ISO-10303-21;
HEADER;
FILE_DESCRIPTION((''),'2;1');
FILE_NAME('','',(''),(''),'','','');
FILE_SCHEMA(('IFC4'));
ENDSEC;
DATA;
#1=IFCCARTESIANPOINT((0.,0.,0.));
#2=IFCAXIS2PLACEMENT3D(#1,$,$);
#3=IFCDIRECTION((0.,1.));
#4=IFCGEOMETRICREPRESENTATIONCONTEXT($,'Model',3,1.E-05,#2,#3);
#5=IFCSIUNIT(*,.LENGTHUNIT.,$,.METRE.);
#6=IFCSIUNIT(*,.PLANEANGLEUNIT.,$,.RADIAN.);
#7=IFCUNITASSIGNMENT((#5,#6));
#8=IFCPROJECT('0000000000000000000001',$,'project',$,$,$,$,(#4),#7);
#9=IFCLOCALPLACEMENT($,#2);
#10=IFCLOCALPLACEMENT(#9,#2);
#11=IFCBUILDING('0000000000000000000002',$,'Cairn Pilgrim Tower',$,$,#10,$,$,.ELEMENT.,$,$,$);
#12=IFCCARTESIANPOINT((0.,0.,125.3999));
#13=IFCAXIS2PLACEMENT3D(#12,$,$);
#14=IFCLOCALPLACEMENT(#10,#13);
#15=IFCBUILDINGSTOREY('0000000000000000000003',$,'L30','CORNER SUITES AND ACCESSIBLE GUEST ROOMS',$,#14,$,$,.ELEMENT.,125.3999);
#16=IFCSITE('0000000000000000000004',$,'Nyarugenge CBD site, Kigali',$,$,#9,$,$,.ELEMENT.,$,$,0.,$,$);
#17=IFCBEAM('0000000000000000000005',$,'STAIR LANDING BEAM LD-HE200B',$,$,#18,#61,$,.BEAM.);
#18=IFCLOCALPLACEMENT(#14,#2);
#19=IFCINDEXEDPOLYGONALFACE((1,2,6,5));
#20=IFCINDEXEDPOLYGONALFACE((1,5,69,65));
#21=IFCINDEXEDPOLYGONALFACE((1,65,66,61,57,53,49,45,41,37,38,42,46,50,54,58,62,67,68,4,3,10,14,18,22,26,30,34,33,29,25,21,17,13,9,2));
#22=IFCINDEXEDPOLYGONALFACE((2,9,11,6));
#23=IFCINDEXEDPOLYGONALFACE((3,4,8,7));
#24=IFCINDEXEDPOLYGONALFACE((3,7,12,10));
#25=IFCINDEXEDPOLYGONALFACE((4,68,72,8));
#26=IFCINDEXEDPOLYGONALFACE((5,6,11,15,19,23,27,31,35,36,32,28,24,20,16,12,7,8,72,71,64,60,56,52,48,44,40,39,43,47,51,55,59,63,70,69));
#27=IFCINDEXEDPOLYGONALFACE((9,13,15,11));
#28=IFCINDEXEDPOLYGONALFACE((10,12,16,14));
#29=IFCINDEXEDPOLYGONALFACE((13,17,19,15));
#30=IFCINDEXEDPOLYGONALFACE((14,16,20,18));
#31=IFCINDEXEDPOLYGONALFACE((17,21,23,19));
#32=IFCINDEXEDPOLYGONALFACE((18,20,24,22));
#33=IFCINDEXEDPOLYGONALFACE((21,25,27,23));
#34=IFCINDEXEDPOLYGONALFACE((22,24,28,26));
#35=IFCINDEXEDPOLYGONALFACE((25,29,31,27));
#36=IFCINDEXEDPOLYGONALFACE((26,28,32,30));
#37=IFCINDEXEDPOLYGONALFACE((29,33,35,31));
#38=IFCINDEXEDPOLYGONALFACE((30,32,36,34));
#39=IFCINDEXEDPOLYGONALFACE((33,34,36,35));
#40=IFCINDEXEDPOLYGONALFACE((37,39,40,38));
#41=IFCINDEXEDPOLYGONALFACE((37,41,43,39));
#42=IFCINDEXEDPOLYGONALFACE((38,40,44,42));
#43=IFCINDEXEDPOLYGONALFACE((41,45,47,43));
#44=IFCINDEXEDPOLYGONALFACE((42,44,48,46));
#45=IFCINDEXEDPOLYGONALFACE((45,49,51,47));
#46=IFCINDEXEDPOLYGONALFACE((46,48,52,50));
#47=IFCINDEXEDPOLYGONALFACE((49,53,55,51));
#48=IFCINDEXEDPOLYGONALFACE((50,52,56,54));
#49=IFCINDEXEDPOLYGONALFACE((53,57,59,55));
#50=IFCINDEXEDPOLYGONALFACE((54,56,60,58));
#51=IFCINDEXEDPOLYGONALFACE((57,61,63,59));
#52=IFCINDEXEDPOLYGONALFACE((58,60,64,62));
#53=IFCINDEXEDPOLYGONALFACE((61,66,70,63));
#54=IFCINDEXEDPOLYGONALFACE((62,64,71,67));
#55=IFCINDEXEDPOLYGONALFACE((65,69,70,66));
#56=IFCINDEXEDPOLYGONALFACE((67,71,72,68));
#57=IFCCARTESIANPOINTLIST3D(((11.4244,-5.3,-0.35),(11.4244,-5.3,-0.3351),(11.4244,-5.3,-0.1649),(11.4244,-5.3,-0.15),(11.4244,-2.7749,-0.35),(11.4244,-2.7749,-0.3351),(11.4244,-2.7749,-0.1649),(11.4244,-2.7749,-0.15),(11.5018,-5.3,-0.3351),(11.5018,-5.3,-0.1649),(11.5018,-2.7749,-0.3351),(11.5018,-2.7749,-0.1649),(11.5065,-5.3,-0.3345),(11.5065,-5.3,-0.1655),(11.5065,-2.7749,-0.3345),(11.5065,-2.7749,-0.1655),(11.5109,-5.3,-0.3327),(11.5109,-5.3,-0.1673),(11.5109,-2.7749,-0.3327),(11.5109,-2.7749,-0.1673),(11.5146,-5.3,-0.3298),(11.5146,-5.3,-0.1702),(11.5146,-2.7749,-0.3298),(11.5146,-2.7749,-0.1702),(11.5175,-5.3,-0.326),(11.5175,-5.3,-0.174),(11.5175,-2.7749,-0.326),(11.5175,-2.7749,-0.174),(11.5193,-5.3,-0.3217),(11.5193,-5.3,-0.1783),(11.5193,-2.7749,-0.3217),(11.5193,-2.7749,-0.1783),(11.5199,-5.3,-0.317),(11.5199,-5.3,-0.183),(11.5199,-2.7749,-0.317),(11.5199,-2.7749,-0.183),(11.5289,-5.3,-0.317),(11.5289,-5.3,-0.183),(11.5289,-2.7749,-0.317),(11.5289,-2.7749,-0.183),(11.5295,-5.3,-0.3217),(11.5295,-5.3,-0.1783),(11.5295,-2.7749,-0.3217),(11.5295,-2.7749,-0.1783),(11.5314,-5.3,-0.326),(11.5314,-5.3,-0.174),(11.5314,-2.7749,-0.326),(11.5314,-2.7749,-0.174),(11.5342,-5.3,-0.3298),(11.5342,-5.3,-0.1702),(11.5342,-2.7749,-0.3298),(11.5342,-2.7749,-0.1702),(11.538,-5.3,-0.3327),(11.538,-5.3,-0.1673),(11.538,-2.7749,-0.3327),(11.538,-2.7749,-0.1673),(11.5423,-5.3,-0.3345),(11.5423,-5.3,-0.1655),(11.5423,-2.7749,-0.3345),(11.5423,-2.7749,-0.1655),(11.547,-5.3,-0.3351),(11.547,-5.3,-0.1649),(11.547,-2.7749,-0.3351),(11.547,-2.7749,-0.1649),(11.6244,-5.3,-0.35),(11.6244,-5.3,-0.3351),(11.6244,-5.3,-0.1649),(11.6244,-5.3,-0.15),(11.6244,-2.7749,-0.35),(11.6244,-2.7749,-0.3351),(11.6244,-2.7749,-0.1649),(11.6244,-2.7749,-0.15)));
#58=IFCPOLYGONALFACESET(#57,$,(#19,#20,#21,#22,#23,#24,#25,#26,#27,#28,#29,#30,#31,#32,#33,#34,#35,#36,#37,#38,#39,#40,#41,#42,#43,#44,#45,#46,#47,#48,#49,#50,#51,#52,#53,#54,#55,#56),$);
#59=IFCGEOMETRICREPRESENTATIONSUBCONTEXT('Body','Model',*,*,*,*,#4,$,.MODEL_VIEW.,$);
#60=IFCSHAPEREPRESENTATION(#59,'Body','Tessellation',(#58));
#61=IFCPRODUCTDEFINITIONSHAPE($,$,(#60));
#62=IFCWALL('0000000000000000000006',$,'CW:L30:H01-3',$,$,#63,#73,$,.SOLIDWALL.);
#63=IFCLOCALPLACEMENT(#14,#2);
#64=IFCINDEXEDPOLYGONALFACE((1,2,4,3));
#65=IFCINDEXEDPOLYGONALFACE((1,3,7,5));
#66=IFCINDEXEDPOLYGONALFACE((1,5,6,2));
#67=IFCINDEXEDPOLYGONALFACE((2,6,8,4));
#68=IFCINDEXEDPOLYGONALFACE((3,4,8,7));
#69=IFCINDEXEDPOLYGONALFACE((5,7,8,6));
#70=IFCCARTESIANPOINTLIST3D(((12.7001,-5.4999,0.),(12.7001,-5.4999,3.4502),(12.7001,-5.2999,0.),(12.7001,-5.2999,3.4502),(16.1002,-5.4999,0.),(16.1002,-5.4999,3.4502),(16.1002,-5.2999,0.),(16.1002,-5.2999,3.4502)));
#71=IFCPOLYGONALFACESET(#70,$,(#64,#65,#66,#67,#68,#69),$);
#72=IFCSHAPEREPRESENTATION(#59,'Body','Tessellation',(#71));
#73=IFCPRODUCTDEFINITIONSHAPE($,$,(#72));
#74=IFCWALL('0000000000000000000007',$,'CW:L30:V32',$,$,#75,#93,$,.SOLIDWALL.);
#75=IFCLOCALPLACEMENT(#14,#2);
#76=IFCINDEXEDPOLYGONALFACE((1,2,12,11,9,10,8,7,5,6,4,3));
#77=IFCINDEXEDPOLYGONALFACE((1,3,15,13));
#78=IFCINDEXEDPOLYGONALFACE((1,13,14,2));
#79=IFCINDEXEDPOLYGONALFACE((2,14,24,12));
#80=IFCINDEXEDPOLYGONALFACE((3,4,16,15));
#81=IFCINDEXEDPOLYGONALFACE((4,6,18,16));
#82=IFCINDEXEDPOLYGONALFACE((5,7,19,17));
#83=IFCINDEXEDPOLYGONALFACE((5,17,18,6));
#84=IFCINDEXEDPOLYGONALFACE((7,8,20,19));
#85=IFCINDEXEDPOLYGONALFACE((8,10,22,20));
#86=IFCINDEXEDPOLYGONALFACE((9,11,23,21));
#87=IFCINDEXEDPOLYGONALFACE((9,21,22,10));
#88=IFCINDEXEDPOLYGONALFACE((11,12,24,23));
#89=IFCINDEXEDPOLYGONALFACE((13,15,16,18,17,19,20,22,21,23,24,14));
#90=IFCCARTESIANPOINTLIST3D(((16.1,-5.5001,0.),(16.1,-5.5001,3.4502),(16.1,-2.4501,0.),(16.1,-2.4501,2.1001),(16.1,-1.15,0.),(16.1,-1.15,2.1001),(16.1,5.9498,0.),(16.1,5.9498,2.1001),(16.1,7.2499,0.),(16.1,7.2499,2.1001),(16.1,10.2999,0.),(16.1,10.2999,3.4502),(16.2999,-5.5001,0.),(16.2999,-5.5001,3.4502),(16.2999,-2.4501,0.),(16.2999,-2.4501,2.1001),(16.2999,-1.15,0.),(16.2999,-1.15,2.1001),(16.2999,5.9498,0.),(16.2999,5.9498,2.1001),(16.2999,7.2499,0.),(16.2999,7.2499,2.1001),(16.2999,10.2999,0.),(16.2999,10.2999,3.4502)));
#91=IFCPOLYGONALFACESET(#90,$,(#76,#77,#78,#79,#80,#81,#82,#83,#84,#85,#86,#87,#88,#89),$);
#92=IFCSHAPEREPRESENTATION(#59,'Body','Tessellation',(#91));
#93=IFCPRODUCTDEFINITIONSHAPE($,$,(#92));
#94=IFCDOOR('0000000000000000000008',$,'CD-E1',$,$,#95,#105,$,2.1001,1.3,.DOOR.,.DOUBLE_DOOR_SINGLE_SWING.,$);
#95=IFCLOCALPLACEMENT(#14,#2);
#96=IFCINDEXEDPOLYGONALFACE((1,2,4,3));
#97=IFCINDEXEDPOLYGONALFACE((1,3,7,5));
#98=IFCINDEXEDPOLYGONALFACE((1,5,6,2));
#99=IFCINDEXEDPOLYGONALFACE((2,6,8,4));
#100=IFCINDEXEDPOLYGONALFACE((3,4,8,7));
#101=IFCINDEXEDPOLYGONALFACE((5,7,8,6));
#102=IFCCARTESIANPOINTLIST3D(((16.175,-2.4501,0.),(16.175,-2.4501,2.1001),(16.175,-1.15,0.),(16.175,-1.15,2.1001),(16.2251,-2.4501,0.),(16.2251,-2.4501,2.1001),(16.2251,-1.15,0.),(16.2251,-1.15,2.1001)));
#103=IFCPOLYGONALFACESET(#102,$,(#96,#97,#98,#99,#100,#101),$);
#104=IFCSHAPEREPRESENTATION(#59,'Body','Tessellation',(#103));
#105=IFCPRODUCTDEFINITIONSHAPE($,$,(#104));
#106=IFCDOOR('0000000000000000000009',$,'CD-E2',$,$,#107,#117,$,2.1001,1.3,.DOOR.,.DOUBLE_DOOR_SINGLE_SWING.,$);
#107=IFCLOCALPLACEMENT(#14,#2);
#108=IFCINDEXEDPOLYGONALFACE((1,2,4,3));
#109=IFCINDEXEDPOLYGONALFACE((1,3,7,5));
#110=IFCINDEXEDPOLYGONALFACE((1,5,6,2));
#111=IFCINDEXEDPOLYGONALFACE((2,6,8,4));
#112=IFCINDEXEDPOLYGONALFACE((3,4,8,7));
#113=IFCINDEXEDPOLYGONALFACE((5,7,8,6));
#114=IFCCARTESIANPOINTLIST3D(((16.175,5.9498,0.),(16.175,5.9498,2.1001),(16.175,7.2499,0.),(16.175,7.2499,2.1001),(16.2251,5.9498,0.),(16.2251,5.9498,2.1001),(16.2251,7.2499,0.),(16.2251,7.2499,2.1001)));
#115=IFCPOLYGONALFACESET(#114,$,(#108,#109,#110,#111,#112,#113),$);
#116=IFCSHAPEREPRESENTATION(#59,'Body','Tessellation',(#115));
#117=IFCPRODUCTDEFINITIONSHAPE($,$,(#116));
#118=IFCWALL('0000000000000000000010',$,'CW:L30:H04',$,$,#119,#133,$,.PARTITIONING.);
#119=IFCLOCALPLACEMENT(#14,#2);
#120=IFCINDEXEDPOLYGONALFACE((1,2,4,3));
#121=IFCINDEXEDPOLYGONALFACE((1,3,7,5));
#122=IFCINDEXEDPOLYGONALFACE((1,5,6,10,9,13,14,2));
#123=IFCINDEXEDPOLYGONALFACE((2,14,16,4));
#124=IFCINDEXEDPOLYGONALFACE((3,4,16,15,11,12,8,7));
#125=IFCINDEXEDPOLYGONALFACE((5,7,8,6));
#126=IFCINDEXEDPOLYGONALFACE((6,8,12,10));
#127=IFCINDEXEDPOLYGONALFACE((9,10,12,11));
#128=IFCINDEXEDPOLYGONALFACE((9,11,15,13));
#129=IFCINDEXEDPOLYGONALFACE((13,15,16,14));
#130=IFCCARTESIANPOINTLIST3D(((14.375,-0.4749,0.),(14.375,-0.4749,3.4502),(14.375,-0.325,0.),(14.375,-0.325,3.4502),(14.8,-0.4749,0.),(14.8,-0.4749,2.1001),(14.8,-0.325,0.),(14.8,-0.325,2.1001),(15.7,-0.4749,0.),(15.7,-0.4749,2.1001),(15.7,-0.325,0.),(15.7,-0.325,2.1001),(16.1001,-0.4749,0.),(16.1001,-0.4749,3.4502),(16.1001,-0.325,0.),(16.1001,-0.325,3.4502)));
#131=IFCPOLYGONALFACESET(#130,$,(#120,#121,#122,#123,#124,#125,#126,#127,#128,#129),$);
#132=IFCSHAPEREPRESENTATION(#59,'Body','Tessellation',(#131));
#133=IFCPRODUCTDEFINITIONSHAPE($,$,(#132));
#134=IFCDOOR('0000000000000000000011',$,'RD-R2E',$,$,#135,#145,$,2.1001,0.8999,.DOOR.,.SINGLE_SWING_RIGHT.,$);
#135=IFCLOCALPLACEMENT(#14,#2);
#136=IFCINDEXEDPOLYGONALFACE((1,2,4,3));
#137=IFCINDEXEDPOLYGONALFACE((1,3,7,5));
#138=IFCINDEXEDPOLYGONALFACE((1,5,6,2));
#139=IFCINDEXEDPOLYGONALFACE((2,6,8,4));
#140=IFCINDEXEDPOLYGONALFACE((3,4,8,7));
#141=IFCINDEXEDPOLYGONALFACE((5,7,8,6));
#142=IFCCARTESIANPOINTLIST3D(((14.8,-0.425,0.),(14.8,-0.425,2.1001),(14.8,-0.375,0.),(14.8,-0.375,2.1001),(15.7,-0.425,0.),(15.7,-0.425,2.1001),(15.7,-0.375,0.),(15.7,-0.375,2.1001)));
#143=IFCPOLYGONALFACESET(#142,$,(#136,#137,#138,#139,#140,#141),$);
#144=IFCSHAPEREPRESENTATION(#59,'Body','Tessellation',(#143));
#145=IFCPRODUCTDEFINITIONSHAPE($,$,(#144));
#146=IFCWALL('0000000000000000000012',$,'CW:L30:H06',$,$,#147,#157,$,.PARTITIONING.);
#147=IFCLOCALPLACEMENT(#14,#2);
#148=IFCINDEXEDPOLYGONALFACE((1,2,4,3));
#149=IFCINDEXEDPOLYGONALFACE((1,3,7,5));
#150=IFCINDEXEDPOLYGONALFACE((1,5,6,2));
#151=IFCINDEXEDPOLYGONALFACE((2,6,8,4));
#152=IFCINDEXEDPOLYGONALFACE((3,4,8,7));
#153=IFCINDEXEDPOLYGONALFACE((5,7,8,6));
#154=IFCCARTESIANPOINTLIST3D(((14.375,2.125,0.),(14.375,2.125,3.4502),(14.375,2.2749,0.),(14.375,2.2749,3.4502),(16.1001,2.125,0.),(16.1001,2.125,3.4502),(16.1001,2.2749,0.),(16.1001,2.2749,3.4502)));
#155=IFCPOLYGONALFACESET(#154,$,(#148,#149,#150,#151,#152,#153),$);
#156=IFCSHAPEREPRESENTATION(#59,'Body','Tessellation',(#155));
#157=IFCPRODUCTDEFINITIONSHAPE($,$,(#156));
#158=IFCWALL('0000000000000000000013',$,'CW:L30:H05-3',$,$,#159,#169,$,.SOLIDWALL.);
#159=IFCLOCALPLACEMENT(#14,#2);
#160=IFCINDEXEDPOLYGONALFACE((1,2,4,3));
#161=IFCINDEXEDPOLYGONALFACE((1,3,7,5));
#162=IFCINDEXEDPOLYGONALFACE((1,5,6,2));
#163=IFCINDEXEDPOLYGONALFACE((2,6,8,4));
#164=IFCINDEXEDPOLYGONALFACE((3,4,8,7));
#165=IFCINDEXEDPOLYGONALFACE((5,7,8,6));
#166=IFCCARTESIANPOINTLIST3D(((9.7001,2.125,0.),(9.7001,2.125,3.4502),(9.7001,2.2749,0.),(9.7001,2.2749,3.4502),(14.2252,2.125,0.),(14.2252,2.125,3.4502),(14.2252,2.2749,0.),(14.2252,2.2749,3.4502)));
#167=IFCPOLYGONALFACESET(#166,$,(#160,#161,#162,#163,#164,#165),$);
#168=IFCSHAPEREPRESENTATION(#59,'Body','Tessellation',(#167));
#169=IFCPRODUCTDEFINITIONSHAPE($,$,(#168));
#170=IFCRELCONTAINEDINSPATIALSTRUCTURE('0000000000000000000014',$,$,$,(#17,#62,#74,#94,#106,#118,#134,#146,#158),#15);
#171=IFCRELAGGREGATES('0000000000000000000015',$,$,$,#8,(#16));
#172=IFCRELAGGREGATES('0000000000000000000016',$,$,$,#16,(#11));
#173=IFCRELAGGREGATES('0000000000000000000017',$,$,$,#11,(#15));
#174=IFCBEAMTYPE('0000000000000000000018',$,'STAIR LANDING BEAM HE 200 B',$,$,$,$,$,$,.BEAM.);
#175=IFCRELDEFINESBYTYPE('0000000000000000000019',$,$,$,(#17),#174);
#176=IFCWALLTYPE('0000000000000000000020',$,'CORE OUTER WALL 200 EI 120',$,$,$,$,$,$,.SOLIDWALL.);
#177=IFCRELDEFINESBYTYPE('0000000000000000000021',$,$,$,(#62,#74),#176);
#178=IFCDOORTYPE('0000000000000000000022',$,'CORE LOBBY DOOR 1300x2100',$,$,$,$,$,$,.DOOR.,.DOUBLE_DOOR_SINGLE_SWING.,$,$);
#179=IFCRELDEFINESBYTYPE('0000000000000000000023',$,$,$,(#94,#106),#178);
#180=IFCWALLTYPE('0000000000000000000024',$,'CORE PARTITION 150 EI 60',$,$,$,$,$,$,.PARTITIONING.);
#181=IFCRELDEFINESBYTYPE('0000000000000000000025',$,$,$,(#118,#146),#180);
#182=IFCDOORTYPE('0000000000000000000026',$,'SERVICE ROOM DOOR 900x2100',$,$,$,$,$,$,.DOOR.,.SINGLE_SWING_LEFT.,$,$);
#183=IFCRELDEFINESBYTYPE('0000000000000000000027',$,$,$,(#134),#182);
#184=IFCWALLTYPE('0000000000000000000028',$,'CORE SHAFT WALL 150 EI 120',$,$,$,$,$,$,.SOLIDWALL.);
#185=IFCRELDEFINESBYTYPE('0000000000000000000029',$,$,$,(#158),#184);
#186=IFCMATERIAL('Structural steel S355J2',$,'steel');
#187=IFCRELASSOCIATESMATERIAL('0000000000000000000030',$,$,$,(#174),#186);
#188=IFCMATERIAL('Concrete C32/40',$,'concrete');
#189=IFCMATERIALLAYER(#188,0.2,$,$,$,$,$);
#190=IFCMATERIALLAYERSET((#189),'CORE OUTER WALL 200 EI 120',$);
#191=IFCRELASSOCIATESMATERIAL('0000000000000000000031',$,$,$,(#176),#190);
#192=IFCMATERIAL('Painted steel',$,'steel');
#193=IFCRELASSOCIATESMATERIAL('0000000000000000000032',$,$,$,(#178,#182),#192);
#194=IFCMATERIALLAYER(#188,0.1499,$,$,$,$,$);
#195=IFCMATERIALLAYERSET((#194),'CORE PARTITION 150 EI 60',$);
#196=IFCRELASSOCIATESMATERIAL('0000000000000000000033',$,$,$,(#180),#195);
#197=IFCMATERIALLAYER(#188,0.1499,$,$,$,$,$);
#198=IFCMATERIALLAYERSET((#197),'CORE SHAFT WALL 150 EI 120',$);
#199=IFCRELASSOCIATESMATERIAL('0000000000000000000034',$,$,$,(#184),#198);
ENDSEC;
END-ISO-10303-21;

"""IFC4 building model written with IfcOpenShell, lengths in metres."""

from ifc_helpers import new_model, si_unit, direction, frame, frame_2d, origin, origin_2d, place, context, subcontext, project, spatial, rectangle, i_section, extrude, material, layer, layer_set, material_profile, profile_set, type_object, element, fill, save


model = new_model("IFC4")

# Units and contexts
model_context = context("Model", 3, precision=1e-05, world=origin(), true_north=direction((0.0, 1.0)))
body_context = subcontext(model_context, "Body", "Model", "MODEL_VIEW")
ifc_project = project(units=[si_unit("LENGTHUNIT", "METRE"), si_unit("PLANEANGLEUNIT", "RADIAN")], contexts=[model_context])

# Site, building, storey
site_placement = place(None, origin())
site = spatial("IfcSite", under=ifc_project, at=site_placement, Name="Nyarugenge CBD site, Kigali", CompositionType="ELEMENT", RefElevation=0.0)
building_placement = place(site_placement, origin())
building = spatial("IfcBuilding", under=site, at=building_placement, Name="Cairn Pilgrim Tower", CompositionType="ELEMENT")
storey_placement = place(building_placement, frame((0.0, 0.0, 125.3999)))
storey = spatial("IfcBuildingStorey", under=building, at=storey_placement, Name="L30", Description="CORNER SUITES AND ACCESSIBLE GUEST ROOMS", CompositionType="ELEMENT", Elevation=125.3999)

# Beam
ifc_material_1 = material(Name="Structural steel S355J2", Category="steel")
ifc_material_profile_1 = material_profile(ifc_material_1, i_section(OverallWidth=0.2, OverallDepth=0.2, WebThickness=0.009, FlangeThickness=0.0149, FilletRadius=0.0181, at=origin_2d()), Name="HE 200 B")
ifc_profile_set_1 = profile_set([ifc_material_profile_1], Name="Structural steel S355J2")
beam_type_1 = type_object("IfcBeamType", Name="STAIR LANDING BEAM HE 200 B", PredefinedType="BEAM", material=ifc_profile_set_1)
beam_1_placement = place(storey_placement, frame((11.5244, -2.7749, -0.25), z_axis=(0.0, -1.0, 0.0), x_axis=(1.0, 0.0, 0.0)))
element("IfcBeam", 1, at=beam_1_placement, inside=storey, type_object=beam_type_1, Name="STAIR LANDING BEAM LD-HE200B", PredefinedType="BEAM", context=body_context, shape_type="SweptSolid", body=[
    extrude(i_section(OverallWidth=0.2, OverallDepth=0.2, WebThickness=0.009, FlangeThickness=0.0149, FilletRadius=0.0181, at=origin_2d()), origin(), (0.0, 0.0, 1.0), 2.5251),
])

# Wall
ifc_material_2 = material(Name="Concrete C32/40", Category="concrete")
ifc_layer_1 = layer(ifc_material_2, 0.2)
ifc_layer_set_1 = layer_set([ifc_layer_1], Name="CORE OUTER WALL 200 EI 120")
wall_type_1 = type_object("IfcWallType", Name="CORE OUTER WALL 200 EI 120", PredefinedType="SOLIDWALL", material=ifc_layer_set_1)
wall_1_placement = place(storey_placement, frame((12.7, -5.3999, 0.0), z_axis=(0.0, 0.0, 1.0), x_axis=(1.0, 0.0, 0.0)))
element("IfcWall", 2, at=wall_1_placement, inside=storey, type_object=wall_type_1, Name="CW:L30:H01-3", PredefinedType="SOLIDWALL", context=body_context, shape_type="SweptSolid", body=[
    extrude(rectangle(XDim=3.4001, YDim=0.2, at=frame_2d((1.7002, 0.0))), origin(), (0.0, 0.0, 1.0), 3.4502),
])

# Wall, openings, doors
wall_2_placement = place(storey_placement, frame((16.2, -5.5, 0.0), z_axis=(0.0, 0.0, 1.0), x_axis=(0.0, 1.0, 0.0)))
wall_2 = element("IfcWall", 3, at=wall_2_placement, inside=storey, type_object=wall_type_1, Name="CW:L30:V32", PredefinedType="SOLIDWALL", context=body_context, shape_type="SweptSolid", body=[
    extrude(rectangle(XDim=15.8, YDim=0.2, at=frame_2d((7.8999, 0.0))), origin(), (0.0, 0.0, 1.0), 3.4502),
])
opening_1_placement = place(wall_2_placement, frame((3.05, 0.0, 0.0)))
opening_1 = element("IfcOpeningElement", 4, at=opening_1_placement, cuts=wall_2, PredefinedType="OPENING", context=body_context, shape_type="SweptSolid", body=[
    extrude(rectangle(XDim=1.3, YDim=2.1001, at=frame_2d((0.6499, 1.05))), frame((0.0, 0.1099, 0.0), z_axis=(0.0, -1.0, 0.0), x_axis=(1.0, 0.0, 0.0)), (0.0, 0.0, 1.0), 0.22),
])
opening_2_placement = place(wall_2_placement, frame((11.45, 0.0, 0.0)))
opening_2 = element("IfcOpeningElement", 5, at=opening_2_placement, cuts=wall_2, PredefinedType="OPENING", context=body_context, shape_type="SweptSolid", body=[
    extrude(rectangle(XDim=1.3, YDim=2.1001, at=frame_2d((0.6499, 1.05))), frame((0.0, 0.1099, 0.0), z_axis=(0.0, -1.0, 0.0), x_axis=(1.0, 0.0, 0.0)), (0.0, 0.0, 1.0), 0.22),
])
ifc_material_3 = material(Name="Painted steel", Category="steel")
door_type_1 = type_object("IfcDoorType", Name="CORE LOBBY DOOR 1300x2100", OperationType="DOUBLE_DOOR_SINGLE_SWING", PredefinedType="DOOR", material=ifc_material_3)
door_1_placement = place(opening_1_placement, origin())
door_1 = element("IfcDoor", 6, at=door_1_placement, inside=storey, type_object=door_type_1, Name="CD-E1", OperationType="DOUBLE_DOOR_SINGLE_SWING", OverallHeight=2.1001, OverallWidth=1.3, PredefinedType="DOOR", context=body_context, shape_type="SweptSolid", body=[
    extrude(rectangle(XDim=1.3, YDim=2.1001, at=frame_2d((0.6499, 1.05))), frame((0.0, 0.0249, 0.0), z_axis=(0.0, -1.0, 0.0), x_axis=(1.0, 0.0, 0.0)), (0.0, 0.0, 1.0), 0.05),
])
fill(opening_1, door_1)
door_2_placement = place(opening_2_placement, origin())
door_2 = element("IfcDoor", 7, at=door_2_placement, inside=storey, type_object=door_type_1, Name="CD-E2", OperationType="DOUBLE_DOOR_SINGLE_SWING", OverallHeight=2.1001, OverallWidth=1.3, PredefinedType="DOOR", context=body_context, shape_type="SweptSolid", body=[
    extrude(rectangle(XDim=1.3, YDim=2.1001, at=frame_2d((0.6499, 1.05))), frame((0.0, 0.0249, 0.0), z_axis=(0.0, -1.0, 0.0), x_axis=(1.0, 0.0, 0.0)), (0.0, 0.0, 1.0), 0.05),
])
fill(opening_2, door_2)

# Wall, opening, door
ifc_layer_2 = layer(ifc_material_2, 0.1499)
ifc_layer_set_2 = layer_set([ifc_layer_2], Name="CORE PARTITION 150 EI 60")
wall_type_2 = type_object("IfcWallType", Name="CORE PARTITION 150 EI 60", PredefinedType="PARTITIONING", material=ifc_layer_set_2)
wall_3_placement = place(storey_placement, frame((14.375, -0.3999, 0.0), z_axis=(0.0, 0.0, 1.0), x_axis=(1.0, 0.0, 0.0)))
wall_3 = element("IfcWall", 8, at=wall_3_placement, inside=storey, type_object=wall_type_2, Name="CW:L30:H04", PredefinedType="PARTITIONING", context=body_context, shape_type="SweptSolid", body=[
    extrude(rectangle(XDim=1.7251, YDim=0.1499, at=frame_2d((0.8625, 0.0))), origin(), (0.0, 0.0, 1.0), 3.4502),
])
opening_3_placement = place(wall_3_placement, frame((0.425, 0.0, 0.0)))
opening_3 = element("IfcOpeningElement", 9, at=opening_3_placement, cuts=wall_3, PredefinedType="OPENING", context=body_context, shape_type="SweptSolid", body=[
    extrude(rectangle(XDim=0.8999, YDim=2.1001, at=frame_2d((0.45, 1.05))), frame((0.0, 0.085, 0.0), z_axis=(0.0, -1.0, 0.0), x_axis=(1.0, 0.0, 0.0)), (0.0, 0.0, 1.0), 0.1699),
])
door_type_2 = type_object("IfcDoorType", Name="SERVICE ROOM DOOR 900x2100", OperationType="SINGLE_SWING_LEFT", PredefinedType="DOOR", material=ifc_material_3)
door_3_placement = place(opening_3_placement, origin())
door_3 = element("IfcDoor", 10, at=door_3_placement, inside=storey, type_object=door_type_2, Name="RD-R2E", OperationType="SINGLE_SWING_RIGHT", OverallHeight=2.1001, OverallWidth=0.8999, PredefinedType="DOOR", context=body_context, shape_type="SweptSolid", body=[
    extrude(rectangle(XDim=0.8999, YDim=2.1001, at=frame_2d((0.45, 1.05))), frame((0.0, 0.0249, 0.0), z_axis=(0.0, -1.0, 0.0), x_axis=(1.0, 0.0, 0.0)), (0.0, 0.0, 1.0), 0.05),
])
fill(opening_3, door_3)

# Walls
wall_4_placement = place(storey_placement, frame((14.375, 2.2, 0.0), z_axis=(0.0, 0.0, 1.0), x_axis=(1.0, 0.0, 0.0)))
element("IfcWall", 11, at=wall_4_placement, inside=storey, type_object=wall_type_2, Name="CW:L30:H06", PredefinedType="PARTITIONING", context=body_context, shape_type="SweptSolid", body=[
    extrude(rectangle(XDim=1.7251, YDim=0.1499, at=frame_2d((0.8625, 0.0))), origin(), (0.0, 0.0, 1.0), 3.4502),
])
ifc_layer_3 = layer(ifc_material_2, 0.1499)
ifc_layer_set_3 = layer_set([ifc_layer_3], Name="CORE SHAFT WALL 150 EI 120")
wall_type_3 = type_object("IfcWallType", Name="CORE SHAFT WALL 150 EI 120", PredefinedType="SOLIDWALL", material=ifc_layer_set_3)
wall_5_placement = place(storey_placement, frame((9.7, 2.2, 0.0), z_axis=(0.0, 0.0, 1.0), x_axis=(1.0, 0.0, 0.0)))
element("IfcWall", 12, at=wall_5_placement, inside=storey, type_object=wall_type_3, Name="CW:L30:H05-3", PredefinedType="SOLIDWALL", context=body_context, shape_type="SweptSolid", body=[
    extrude(rectangle(XDim=4.5251, YDim=0.1499, at=frame_2d((2.2627, 0.0))), origin(), (0.0, 0.0, 1.0), 3.4502),
])

save(model, "model.ifc")
